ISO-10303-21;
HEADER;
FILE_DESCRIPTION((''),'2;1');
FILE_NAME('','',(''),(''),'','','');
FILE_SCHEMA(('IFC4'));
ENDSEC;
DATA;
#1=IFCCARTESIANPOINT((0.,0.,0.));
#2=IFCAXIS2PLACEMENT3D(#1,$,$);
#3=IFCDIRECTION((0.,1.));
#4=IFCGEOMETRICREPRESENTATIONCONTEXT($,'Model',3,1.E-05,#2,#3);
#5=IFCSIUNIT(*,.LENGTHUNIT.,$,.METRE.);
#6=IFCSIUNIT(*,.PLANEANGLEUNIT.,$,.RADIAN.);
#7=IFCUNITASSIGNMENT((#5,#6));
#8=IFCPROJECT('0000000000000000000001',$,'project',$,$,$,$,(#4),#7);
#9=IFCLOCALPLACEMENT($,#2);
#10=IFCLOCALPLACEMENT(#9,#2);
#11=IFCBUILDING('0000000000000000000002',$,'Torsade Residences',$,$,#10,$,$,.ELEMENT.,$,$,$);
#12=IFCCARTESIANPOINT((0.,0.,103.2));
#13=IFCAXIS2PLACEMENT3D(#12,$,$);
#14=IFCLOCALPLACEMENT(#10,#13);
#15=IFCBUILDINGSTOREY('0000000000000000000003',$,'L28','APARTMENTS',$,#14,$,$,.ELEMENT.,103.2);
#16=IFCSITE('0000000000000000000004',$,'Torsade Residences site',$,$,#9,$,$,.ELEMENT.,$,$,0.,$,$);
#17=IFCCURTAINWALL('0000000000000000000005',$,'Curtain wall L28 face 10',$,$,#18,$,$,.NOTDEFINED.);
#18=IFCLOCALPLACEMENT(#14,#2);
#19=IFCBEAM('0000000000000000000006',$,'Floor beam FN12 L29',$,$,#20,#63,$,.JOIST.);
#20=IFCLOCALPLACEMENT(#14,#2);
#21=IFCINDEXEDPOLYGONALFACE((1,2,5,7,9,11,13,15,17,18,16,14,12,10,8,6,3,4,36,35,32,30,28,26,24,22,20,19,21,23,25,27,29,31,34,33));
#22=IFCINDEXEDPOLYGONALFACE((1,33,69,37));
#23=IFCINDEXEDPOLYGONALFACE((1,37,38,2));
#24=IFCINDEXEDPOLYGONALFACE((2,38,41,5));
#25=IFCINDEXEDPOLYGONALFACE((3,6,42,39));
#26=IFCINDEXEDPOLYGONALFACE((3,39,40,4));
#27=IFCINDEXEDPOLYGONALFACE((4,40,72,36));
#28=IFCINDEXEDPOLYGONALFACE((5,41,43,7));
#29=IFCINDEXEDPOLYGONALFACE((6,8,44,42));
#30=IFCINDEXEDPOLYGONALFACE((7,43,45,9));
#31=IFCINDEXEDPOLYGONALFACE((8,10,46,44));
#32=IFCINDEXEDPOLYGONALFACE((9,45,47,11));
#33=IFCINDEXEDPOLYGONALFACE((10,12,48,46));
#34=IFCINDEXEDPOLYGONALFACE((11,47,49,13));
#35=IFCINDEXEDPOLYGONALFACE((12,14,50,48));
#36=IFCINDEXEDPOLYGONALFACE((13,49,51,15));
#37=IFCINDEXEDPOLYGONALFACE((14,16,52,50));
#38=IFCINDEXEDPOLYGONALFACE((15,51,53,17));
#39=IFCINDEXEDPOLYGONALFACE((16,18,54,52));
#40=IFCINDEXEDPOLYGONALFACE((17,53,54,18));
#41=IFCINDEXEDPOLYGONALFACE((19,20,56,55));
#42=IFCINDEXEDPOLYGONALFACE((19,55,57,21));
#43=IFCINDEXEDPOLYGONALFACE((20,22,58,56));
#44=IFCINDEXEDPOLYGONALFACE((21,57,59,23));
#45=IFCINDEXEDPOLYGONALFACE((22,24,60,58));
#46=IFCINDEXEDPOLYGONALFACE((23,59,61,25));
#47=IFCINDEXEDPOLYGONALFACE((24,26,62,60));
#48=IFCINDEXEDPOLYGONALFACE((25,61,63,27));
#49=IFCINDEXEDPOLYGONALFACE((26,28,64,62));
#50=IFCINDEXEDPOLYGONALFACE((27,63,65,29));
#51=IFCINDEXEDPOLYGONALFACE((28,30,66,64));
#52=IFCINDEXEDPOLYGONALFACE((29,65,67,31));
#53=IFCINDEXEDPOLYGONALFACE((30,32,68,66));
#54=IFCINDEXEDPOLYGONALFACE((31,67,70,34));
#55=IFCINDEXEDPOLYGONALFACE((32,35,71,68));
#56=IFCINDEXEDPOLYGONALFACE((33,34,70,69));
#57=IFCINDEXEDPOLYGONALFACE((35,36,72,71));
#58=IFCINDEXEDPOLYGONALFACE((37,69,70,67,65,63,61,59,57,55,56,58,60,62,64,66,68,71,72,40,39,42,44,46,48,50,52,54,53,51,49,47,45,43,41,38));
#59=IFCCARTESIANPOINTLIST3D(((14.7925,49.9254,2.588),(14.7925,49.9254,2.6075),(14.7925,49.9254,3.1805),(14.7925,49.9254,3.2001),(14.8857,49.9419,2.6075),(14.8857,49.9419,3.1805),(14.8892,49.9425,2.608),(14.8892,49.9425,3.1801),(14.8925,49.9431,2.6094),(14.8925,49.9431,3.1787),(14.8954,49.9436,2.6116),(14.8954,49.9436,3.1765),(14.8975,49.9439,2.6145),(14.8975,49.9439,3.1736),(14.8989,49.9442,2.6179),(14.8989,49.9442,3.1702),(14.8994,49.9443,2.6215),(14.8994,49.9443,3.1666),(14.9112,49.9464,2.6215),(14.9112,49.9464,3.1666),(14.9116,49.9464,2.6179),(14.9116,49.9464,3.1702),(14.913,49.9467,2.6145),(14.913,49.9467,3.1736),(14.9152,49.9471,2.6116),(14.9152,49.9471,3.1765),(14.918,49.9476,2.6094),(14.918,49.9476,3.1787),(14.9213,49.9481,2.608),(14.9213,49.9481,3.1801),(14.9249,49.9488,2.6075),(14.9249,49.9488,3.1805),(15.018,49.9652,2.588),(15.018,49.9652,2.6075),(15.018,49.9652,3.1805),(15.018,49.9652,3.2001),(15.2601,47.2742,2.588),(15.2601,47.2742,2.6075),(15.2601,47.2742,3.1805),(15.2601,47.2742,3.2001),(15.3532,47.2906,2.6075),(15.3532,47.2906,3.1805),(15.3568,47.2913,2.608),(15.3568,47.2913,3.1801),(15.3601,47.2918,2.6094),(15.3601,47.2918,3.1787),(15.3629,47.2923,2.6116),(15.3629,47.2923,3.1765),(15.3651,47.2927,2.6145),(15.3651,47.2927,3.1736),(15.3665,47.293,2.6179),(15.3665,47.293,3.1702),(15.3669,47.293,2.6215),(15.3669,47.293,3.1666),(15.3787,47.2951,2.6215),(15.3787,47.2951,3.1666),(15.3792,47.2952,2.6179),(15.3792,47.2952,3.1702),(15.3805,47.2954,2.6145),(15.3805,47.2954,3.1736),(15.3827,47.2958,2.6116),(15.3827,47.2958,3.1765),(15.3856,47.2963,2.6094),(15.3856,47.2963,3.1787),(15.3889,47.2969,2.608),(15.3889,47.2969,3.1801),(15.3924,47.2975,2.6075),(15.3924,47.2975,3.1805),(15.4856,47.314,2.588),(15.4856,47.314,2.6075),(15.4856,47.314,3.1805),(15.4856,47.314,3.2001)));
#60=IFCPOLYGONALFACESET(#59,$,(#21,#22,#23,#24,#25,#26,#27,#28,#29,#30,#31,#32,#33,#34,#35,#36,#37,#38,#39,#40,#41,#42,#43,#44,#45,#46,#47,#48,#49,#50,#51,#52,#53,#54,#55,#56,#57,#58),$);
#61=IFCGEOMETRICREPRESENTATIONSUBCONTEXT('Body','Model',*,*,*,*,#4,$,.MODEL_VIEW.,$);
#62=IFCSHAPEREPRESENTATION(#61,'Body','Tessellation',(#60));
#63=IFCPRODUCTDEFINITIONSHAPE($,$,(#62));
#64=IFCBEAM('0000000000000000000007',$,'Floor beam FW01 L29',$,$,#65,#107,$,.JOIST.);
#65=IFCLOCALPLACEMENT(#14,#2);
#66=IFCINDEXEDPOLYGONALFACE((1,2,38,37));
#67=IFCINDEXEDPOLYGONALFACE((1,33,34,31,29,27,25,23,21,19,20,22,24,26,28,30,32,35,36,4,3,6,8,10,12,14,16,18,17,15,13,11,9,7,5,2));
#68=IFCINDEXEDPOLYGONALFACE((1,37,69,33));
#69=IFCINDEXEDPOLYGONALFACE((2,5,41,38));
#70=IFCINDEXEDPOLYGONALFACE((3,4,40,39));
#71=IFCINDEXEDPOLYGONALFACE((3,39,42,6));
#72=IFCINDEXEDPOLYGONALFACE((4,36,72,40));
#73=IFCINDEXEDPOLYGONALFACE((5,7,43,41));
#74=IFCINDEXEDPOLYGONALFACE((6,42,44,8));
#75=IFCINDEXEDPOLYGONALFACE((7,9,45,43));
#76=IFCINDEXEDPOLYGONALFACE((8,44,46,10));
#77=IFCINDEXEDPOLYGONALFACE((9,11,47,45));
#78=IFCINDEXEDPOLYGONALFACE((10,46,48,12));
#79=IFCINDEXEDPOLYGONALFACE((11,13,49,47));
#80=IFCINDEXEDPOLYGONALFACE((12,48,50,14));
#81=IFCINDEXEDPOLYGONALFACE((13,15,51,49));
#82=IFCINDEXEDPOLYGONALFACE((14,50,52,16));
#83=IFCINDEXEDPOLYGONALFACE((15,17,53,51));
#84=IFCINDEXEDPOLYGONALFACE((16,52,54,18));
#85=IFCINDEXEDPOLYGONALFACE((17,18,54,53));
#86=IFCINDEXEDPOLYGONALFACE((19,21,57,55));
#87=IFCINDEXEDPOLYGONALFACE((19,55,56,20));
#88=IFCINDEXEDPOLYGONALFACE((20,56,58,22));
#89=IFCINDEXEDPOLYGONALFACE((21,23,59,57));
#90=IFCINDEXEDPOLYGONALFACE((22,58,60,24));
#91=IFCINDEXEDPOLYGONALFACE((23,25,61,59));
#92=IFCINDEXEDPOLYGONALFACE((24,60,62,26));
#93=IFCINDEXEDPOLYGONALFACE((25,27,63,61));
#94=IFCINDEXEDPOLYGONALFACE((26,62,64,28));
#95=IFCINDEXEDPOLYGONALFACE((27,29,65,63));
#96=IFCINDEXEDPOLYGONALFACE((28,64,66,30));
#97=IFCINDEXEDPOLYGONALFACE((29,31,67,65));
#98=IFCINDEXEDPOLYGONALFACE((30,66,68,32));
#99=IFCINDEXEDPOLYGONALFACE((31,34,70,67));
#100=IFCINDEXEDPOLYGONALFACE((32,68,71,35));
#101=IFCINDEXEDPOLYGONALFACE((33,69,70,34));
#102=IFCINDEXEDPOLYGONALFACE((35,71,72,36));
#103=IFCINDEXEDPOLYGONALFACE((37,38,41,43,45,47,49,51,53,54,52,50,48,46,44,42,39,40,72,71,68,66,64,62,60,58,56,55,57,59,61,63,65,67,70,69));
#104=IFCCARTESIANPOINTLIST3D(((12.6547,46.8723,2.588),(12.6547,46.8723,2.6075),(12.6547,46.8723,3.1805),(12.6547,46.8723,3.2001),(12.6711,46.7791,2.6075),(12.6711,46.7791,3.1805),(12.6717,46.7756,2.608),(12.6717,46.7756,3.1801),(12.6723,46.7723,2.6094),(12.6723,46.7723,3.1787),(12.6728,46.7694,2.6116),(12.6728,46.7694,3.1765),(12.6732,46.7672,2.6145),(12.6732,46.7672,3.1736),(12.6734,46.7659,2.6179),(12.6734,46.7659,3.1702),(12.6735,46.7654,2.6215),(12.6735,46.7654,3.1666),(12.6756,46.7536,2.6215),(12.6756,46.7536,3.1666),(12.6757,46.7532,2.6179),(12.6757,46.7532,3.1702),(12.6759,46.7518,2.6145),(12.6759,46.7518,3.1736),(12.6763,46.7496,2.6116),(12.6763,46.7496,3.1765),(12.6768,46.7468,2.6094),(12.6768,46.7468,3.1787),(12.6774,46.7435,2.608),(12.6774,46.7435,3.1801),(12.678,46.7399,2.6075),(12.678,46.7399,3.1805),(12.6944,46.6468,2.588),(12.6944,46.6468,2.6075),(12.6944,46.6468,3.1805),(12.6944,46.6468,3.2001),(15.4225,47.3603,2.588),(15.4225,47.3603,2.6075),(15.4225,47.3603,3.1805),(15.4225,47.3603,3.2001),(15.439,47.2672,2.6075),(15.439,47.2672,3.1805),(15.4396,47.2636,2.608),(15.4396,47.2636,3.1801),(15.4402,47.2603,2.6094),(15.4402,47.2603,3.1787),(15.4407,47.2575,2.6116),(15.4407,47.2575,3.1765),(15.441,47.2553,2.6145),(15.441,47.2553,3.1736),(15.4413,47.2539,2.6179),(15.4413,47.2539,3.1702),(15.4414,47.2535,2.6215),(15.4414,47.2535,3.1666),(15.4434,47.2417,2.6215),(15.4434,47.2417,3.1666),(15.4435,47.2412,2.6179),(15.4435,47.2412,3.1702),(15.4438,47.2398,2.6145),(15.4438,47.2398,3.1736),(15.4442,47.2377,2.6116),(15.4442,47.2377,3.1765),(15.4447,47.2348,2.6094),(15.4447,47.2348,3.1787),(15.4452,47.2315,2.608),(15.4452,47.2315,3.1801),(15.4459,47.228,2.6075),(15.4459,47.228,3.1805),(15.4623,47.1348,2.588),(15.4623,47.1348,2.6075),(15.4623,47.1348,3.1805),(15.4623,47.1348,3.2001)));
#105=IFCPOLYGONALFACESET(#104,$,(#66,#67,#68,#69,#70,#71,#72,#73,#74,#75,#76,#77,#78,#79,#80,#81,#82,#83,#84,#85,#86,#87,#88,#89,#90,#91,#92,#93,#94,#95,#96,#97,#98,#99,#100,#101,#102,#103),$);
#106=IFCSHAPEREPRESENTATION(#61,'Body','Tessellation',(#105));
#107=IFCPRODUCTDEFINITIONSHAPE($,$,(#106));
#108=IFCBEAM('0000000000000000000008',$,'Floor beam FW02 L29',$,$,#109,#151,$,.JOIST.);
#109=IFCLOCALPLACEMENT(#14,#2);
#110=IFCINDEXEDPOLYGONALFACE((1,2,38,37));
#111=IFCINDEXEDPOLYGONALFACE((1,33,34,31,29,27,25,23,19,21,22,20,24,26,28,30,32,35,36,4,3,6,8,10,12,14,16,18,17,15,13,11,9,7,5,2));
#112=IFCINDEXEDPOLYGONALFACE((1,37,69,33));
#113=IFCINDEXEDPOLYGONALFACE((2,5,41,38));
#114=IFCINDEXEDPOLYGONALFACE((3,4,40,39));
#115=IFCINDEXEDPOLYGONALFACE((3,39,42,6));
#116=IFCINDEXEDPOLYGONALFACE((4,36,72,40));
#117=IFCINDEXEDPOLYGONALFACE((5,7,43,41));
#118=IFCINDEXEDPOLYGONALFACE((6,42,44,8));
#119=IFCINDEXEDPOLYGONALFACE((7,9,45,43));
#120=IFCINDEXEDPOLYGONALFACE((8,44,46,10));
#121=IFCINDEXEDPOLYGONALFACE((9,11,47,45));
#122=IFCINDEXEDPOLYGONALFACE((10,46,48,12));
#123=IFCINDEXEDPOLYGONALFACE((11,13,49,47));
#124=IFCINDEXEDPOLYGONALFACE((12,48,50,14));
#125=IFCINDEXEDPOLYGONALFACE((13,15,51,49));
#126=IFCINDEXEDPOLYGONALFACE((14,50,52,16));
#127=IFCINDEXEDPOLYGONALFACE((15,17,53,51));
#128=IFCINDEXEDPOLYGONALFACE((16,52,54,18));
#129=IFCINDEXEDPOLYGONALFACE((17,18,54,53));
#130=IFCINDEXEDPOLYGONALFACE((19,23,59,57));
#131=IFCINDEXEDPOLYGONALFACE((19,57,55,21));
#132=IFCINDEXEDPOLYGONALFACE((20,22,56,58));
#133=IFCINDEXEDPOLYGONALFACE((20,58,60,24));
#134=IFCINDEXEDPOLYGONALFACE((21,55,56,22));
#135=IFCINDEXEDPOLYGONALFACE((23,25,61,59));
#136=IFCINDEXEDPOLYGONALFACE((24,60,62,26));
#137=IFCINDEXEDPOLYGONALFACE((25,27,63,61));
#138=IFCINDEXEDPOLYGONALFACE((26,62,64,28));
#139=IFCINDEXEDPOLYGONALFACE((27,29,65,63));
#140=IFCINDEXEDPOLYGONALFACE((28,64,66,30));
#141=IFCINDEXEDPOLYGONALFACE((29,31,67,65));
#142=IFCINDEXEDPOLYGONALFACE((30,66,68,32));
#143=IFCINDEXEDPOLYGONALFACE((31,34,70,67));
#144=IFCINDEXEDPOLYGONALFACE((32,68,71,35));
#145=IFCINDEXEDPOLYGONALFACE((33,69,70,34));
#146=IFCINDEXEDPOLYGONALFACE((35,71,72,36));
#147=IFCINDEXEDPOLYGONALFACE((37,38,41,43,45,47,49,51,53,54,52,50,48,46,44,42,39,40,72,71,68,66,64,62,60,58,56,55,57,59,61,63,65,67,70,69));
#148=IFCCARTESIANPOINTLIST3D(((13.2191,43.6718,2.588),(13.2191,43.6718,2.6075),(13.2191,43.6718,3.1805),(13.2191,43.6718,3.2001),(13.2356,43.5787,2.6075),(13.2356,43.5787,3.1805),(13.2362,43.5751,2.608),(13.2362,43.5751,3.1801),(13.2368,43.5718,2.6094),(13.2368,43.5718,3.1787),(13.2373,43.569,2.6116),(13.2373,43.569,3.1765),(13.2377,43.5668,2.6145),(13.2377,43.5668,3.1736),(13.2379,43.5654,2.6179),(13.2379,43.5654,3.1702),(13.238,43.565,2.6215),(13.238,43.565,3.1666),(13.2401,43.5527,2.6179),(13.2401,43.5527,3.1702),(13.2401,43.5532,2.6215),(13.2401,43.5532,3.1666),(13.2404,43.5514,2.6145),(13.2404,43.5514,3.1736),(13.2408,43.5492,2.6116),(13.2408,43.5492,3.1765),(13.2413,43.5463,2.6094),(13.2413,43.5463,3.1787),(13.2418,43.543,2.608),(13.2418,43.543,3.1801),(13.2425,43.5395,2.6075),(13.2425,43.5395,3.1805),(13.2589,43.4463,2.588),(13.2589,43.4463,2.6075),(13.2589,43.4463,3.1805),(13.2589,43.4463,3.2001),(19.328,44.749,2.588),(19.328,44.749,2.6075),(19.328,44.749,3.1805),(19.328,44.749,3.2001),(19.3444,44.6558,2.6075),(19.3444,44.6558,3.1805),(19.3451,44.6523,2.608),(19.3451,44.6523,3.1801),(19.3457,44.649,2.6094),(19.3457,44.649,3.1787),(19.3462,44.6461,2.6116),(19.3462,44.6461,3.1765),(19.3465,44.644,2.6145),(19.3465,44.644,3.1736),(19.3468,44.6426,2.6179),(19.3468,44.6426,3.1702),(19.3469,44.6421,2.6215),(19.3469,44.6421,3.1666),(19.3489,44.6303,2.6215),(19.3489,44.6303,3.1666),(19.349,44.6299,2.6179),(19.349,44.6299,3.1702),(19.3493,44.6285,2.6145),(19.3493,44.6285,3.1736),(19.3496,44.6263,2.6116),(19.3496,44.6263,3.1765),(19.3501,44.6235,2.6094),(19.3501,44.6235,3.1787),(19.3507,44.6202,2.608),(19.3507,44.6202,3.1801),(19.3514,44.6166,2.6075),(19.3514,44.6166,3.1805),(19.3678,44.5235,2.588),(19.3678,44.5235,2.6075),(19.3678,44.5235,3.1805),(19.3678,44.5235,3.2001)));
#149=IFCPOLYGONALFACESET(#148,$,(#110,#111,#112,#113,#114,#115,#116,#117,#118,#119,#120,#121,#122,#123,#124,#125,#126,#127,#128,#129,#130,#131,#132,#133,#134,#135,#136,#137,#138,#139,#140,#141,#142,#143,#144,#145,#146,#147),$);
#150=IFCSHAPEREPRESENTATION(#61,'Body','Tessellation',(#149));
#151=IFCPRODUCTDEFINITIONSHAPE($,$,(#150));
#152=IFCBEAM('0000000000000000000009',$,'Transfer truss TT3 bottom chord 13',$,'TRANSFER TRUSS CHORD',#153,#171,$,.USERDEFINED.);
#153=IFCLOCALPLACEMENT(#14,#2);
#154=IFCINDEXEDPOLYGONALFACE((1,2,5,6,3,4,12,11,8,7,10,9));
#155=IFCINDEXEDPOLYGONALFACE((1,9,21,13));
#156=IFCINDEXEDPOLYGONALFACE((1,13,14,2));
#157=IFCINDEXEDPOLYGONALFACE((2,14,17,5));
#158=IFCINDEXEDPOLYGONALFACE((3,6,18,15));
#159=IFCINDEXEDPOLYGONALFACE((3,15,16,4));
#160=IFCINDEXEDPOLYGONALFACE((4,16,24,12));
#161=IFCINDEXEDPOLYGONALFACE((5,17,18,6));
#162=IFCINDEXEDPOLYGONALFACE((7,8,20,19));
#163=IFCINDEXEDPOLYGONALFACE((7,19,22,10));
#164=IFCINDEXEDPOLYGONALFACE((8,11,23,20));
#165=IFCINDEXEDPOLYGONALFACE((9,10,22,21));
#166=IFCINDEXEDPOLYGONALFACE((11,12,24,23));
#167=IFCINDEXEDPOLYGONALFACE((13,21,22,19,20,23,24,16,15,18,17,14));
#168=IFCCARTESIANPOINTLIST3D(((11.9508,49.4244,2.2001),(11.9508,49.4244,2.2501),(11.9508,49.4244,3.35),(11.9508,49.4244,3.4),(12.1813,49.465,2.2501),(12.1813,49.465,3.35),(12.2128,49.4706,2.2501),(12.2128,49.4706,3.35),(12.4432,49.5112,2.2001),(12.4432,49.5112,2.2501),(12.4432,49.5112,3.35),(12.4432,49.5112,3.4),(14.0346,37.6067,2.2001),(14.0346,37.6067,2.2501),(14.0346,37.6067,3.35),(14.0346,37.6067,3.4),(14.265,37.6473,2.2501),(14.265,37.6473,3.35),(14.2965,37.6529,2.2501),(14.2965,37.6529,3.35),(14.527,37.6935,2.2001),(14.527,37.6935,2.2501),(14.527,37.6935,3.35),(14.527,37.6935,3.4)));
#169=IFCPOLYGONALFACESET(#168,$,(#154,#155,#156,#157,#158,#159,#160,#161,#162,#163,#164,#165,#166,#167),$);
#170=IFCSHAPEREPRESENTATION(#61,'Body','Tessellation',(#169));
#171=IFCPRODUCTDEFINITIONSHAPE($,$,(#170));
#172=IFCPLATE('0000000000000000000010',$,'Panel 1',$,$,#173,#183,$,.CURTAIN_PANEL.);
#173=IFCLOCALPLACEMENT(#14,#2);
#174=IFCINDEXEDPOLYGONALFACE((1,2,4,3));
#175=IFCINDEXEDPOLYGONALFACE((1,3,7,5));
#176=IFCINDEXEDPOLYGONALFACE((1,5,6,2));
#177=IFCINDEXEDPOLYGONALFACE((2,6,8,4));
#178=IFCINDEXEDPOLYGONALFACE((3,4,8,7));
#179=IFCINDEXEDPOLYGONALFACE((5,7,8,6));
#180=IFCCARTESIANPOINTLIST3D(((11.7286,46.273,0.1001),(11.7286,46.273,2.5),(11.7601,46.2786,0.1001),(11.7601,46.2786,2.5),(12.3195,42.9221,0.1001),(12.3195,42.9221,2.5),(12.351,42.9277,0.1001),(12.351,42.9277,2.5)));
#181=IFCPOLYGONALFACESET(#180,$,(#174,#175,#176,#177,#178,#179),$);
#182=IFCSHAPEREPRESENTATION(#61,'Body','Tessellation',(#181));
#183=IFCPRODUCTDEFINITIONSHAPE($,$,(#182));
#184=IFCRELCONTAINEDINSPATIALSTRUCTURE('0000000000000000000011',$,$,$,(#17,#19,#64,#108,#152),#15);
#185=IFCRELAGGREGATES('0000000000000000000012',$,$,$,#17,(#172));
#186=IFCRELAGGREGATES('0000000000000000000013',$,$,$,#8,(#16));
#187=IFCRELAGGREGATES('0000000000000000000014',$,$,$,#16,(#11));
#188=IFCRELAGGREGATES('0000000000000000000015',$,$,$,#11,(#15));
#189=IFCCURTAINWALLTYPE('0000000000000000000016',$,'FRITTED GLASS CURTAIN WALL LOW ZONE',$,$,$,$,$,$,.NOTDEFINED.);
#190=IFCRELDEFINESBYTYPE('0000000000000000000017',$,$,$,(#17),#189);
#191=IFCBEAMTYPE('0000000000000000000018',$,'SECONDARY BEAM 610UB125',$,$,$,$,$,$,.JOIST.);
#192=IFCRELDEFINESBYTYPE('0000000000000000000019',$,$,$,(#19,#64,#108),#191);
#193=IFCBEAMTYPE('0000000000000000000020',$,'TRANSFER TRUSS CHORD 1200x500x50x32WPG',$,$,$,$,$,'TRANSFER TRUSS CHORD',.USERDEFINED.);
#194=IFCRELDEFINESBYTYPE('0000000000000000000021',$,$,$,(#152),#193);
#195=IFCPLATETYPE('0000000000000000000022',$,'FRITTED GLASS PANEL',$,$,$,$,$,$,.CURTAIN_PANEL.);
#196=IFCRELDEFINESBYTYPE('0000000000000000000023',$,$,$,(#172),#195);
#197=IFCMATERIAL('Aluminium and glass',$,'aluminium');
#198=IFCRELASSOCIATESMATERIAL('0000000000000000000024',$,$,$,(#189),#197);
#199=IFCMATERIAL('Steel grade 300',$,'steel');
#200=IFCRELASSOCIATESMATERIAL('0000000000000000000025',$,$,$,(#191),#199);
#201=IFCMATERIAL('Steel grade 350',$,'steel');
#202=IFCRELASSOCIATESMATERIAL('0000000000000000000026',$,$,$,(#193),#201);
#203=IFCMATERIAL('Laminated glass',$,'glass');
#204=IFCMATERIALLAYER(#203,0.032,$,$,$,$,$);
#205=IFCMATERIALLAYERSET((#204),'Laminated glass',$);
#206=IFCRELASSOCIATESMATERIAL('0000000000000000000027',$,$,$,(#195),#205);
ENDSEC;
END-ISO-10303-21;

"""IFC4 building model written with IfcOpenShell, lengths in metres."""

from ifc_helpers import new_model, si_unit, direction, frame, origin, origin_2d, place, context, subcontext, project, spatial, rectangle, i_section, extrude, material, layer, layer_set, material_profile, profile_set, type_object, element, aggregate, save


model = new_model("IFC4")

# Units and contexts
model_context = context("Model", 3, precision=1e-05, world=origin(), true_north=direction((0.0, 1.0)))
body_context = subcontext(model_context, "Body", "Model", "MODEL_VIEW")
ifc_project = project(units=[si_unit("LENGTHUNIT", "METRE"), si_unit("PLANEANGLEUNIT", "RADIAN")], contexts=[model_context])

# Site, building, storey
site_placement = place(None, origin())
site = spatial("IfcSite", under=ifc_project, at=site_placement, Name="Torsade Residences site", CompositionType="ELEMENT", RefElevation=0.0)
building_placement = place(site_placement, origin())
building = spatial("IfcBuilding", under=site, at=building_placement, Name="Torsade Residences", CompositionType="ELEMENT")
storey_placement = place(building_placement, frame((0.0, 0.0, 103.2)))
storey = spatial("IfcBuildingStorey", under=building, at=storey_placement, Name="L28", Description="APARTMENTS", CompositionType="ELEMENT", Elevation=103.2)

# Shared definitions
ifc_material_1 = material(Name="Aluminium and glass", Category="aluminium")
curtain_wall_type = type_object("IfcCurtainWallType", Name="FRITTED GLASS CURTAIN WALL LOW ZONE", PredefinedType="NOTDEFINED", material=ifc_material_1)

# Curtain wall
curtain_wall_1_placement = place(storey_placement, origin())
curtain_wall_1 = element("IfcCurtainWall", 1, at=curtain_wall_1_placement, inside=storey, type_object=curtain_wall_type, Name="Curtain wall L28 face 10", PredefinedType="NOTDEFINED")

# Beams
ifc_material_2 = material(Name="Steel grade 300", Category="steel")
ifc_material_profile_1 = material_profile(ifc_material_2, i_section(OverallWidth=0.229, OverallDepth=0.6121, WebThickness=0.012, FlangeThickness=0.0195, FilletRadius=0.0139, at=origin_2d()), Name="610UB125")
ifc_profile_set_1 = profile_set([ifc_material_profile_1], Name="Steel grade 300")
beam_type_1 = type_object("IfcBeamType", Name="SECONDARY BEAM 610UB125", PredefinedType="JOIST", material=ifc_profile_set_1)
beam_1_placement = place(storey_placement, frame((14.9053, 49.9453, 2.894), z_axis=(0.173672, -0.984804, 0.0), x_axis=(0.984804, 0.173672, 0.0)))
element("IfcBeam", 2, at=beam_1_placement, inside=storey, type_object=beam_type_1, Name="Floor beam FN12 L29", PredefinedType="JOIST", context=body_context, shape_type="SweptSolid", body=[
    extrude(i_section(OverallWidth=0.229, OverallDepth=0.6121, WebThickness=0.012, FlangeThickness=0.0195, FilletRadius=0.0139, at=origin_2d()), origin(), (0.0, 0.0, 1.0), 2.6921),
])
beam_2_placement = place(storey_placement, frame((12.6746, 46.7595, 2.894), z_axis=(0.984808, 0.173647, 0.0), x_axis=(-0.173647, 0.984808, 0.0)))
element("IfcBeam", 3, at=beam_2_placement, inside=storey, type_object=beam_type_1, Name="Floor beam FW01 L29", PredefinedType="JOIST", context=body_context, shape_type="SweptSolid", body=[
    extrude(i_section(OverallWidth=0.229, OverallDepth=0.6121, WebThickness=0.012, FlangeThickness=0.0195, FilletRadius=0.0139, at=origin_2d()), origin(), (0.0, 0.0, 1.0), 2.8105),
])
beam_3_placement = place(storey_placement, frame((13.239, 43.5591, 2.894), z_axis=(0.984808, 0.173646, 0.0), x_axis=(-0.173646, 0.984808, 0.0)))
element("IfcBeam", 4, at=beam_3_placement, inside=storey, type_object=beam_type_1, Name="Floor beam FW02 L29", PredefinedType="JOIST", context=body_context, shape_type="SweptSolid", body=[
    extrude(i_section(OverallWidth=0.229, OverallDepth=0.6121, WebThickness=0.012, FlangeThickness=0.0195, FilletRadius=0.0139, at=origin_2d()), origin(), (0.0, 0.0, 1.0), 6.2031),
])
ifc_material_3 = material(Name="Steel grade 350", Category="steel")
ifc_material_profile_2 = material_profile(ifc_material_3, i_section(OverallWidth=0.5, OverallDepth=1.2, WebThickness=0.032, FlangeThickness=0.05, at=origin_2d()), Name="1200x500x50x32WPG")
ifc_profile_set_2 = profile_set([ifc_material_profile_2], Name="Steel grade 350")
beam_type_2 = type_object("IfcBeamType", Name="TRANSFER TRUSS CHORD 1200x500x50x32WPG", ElementType="TRANSFER TRUSS CHORD", PredefinedType="USERDEFINED", material=ifc_profile_set_2)
beam_4_placement = place(storey_placement, frame((12.197, 49.4678, 2.8), z_axis=(0.173646, -0.984808, 0.0), x_axis=(0.984808, 0.173646, 0.0)))
element("IfcBeam", 5, at=beam_4_placement, inside=storey, type_object=beam_type_2, Name="Transfer truss TT3 bottom chord 13", ObjectType="TRANSFER TRUSS CHORD", PredefinedType="USERDEFINED", context=body_context, shape_type="SweptSolid", body=[
    extrude(i_section(OverallWidth=0.5, OverallDepth=1.2, WebThickness=0.032, FlangeThickness=0.05, at=origin_2d()), origin(), (0.0, 0.0, 1.0), 12.0),
])

# Plate
ifc_material_4 = material(Name="Laminated glass", Category="glass")
ifc_layer_1 = layer(ifc_material_4, 0.032)
ifc_layer_set_1 = layer_set([ifc_layer_1], Name="Laminated glass")
plate_type_1 = type_object("IfcPlateType", Name="FRITTED GLASS PANEL", PredefinedType="CURTAIN_PANEL", material=ifc_layer_set_1)
plate_1_placement = place(storey_placement, frame((12.0398, 44.6003, 0.1001), z_axis=(0.0, 0.0, 1.0), x_axis=(0.173648, -0.984808, 0.0)))
plate_1 = element("IfcPlate", 6, at=plate_1_placement, type_object=plate_type_1, Name="Panel 1", PredefinedType="CURTAIN_PANEL", context=body_context, shape_type="SweptSolid", body=[
    extrude(rectangle(XDim=3.4026, YDim=0.032, at=origin_2d()), origin(), (0.0, 0.0, 1.0), 2.3999),
])
aggregate(curtain_wall_1, [plate_1])

save(model, "model.ifc")
